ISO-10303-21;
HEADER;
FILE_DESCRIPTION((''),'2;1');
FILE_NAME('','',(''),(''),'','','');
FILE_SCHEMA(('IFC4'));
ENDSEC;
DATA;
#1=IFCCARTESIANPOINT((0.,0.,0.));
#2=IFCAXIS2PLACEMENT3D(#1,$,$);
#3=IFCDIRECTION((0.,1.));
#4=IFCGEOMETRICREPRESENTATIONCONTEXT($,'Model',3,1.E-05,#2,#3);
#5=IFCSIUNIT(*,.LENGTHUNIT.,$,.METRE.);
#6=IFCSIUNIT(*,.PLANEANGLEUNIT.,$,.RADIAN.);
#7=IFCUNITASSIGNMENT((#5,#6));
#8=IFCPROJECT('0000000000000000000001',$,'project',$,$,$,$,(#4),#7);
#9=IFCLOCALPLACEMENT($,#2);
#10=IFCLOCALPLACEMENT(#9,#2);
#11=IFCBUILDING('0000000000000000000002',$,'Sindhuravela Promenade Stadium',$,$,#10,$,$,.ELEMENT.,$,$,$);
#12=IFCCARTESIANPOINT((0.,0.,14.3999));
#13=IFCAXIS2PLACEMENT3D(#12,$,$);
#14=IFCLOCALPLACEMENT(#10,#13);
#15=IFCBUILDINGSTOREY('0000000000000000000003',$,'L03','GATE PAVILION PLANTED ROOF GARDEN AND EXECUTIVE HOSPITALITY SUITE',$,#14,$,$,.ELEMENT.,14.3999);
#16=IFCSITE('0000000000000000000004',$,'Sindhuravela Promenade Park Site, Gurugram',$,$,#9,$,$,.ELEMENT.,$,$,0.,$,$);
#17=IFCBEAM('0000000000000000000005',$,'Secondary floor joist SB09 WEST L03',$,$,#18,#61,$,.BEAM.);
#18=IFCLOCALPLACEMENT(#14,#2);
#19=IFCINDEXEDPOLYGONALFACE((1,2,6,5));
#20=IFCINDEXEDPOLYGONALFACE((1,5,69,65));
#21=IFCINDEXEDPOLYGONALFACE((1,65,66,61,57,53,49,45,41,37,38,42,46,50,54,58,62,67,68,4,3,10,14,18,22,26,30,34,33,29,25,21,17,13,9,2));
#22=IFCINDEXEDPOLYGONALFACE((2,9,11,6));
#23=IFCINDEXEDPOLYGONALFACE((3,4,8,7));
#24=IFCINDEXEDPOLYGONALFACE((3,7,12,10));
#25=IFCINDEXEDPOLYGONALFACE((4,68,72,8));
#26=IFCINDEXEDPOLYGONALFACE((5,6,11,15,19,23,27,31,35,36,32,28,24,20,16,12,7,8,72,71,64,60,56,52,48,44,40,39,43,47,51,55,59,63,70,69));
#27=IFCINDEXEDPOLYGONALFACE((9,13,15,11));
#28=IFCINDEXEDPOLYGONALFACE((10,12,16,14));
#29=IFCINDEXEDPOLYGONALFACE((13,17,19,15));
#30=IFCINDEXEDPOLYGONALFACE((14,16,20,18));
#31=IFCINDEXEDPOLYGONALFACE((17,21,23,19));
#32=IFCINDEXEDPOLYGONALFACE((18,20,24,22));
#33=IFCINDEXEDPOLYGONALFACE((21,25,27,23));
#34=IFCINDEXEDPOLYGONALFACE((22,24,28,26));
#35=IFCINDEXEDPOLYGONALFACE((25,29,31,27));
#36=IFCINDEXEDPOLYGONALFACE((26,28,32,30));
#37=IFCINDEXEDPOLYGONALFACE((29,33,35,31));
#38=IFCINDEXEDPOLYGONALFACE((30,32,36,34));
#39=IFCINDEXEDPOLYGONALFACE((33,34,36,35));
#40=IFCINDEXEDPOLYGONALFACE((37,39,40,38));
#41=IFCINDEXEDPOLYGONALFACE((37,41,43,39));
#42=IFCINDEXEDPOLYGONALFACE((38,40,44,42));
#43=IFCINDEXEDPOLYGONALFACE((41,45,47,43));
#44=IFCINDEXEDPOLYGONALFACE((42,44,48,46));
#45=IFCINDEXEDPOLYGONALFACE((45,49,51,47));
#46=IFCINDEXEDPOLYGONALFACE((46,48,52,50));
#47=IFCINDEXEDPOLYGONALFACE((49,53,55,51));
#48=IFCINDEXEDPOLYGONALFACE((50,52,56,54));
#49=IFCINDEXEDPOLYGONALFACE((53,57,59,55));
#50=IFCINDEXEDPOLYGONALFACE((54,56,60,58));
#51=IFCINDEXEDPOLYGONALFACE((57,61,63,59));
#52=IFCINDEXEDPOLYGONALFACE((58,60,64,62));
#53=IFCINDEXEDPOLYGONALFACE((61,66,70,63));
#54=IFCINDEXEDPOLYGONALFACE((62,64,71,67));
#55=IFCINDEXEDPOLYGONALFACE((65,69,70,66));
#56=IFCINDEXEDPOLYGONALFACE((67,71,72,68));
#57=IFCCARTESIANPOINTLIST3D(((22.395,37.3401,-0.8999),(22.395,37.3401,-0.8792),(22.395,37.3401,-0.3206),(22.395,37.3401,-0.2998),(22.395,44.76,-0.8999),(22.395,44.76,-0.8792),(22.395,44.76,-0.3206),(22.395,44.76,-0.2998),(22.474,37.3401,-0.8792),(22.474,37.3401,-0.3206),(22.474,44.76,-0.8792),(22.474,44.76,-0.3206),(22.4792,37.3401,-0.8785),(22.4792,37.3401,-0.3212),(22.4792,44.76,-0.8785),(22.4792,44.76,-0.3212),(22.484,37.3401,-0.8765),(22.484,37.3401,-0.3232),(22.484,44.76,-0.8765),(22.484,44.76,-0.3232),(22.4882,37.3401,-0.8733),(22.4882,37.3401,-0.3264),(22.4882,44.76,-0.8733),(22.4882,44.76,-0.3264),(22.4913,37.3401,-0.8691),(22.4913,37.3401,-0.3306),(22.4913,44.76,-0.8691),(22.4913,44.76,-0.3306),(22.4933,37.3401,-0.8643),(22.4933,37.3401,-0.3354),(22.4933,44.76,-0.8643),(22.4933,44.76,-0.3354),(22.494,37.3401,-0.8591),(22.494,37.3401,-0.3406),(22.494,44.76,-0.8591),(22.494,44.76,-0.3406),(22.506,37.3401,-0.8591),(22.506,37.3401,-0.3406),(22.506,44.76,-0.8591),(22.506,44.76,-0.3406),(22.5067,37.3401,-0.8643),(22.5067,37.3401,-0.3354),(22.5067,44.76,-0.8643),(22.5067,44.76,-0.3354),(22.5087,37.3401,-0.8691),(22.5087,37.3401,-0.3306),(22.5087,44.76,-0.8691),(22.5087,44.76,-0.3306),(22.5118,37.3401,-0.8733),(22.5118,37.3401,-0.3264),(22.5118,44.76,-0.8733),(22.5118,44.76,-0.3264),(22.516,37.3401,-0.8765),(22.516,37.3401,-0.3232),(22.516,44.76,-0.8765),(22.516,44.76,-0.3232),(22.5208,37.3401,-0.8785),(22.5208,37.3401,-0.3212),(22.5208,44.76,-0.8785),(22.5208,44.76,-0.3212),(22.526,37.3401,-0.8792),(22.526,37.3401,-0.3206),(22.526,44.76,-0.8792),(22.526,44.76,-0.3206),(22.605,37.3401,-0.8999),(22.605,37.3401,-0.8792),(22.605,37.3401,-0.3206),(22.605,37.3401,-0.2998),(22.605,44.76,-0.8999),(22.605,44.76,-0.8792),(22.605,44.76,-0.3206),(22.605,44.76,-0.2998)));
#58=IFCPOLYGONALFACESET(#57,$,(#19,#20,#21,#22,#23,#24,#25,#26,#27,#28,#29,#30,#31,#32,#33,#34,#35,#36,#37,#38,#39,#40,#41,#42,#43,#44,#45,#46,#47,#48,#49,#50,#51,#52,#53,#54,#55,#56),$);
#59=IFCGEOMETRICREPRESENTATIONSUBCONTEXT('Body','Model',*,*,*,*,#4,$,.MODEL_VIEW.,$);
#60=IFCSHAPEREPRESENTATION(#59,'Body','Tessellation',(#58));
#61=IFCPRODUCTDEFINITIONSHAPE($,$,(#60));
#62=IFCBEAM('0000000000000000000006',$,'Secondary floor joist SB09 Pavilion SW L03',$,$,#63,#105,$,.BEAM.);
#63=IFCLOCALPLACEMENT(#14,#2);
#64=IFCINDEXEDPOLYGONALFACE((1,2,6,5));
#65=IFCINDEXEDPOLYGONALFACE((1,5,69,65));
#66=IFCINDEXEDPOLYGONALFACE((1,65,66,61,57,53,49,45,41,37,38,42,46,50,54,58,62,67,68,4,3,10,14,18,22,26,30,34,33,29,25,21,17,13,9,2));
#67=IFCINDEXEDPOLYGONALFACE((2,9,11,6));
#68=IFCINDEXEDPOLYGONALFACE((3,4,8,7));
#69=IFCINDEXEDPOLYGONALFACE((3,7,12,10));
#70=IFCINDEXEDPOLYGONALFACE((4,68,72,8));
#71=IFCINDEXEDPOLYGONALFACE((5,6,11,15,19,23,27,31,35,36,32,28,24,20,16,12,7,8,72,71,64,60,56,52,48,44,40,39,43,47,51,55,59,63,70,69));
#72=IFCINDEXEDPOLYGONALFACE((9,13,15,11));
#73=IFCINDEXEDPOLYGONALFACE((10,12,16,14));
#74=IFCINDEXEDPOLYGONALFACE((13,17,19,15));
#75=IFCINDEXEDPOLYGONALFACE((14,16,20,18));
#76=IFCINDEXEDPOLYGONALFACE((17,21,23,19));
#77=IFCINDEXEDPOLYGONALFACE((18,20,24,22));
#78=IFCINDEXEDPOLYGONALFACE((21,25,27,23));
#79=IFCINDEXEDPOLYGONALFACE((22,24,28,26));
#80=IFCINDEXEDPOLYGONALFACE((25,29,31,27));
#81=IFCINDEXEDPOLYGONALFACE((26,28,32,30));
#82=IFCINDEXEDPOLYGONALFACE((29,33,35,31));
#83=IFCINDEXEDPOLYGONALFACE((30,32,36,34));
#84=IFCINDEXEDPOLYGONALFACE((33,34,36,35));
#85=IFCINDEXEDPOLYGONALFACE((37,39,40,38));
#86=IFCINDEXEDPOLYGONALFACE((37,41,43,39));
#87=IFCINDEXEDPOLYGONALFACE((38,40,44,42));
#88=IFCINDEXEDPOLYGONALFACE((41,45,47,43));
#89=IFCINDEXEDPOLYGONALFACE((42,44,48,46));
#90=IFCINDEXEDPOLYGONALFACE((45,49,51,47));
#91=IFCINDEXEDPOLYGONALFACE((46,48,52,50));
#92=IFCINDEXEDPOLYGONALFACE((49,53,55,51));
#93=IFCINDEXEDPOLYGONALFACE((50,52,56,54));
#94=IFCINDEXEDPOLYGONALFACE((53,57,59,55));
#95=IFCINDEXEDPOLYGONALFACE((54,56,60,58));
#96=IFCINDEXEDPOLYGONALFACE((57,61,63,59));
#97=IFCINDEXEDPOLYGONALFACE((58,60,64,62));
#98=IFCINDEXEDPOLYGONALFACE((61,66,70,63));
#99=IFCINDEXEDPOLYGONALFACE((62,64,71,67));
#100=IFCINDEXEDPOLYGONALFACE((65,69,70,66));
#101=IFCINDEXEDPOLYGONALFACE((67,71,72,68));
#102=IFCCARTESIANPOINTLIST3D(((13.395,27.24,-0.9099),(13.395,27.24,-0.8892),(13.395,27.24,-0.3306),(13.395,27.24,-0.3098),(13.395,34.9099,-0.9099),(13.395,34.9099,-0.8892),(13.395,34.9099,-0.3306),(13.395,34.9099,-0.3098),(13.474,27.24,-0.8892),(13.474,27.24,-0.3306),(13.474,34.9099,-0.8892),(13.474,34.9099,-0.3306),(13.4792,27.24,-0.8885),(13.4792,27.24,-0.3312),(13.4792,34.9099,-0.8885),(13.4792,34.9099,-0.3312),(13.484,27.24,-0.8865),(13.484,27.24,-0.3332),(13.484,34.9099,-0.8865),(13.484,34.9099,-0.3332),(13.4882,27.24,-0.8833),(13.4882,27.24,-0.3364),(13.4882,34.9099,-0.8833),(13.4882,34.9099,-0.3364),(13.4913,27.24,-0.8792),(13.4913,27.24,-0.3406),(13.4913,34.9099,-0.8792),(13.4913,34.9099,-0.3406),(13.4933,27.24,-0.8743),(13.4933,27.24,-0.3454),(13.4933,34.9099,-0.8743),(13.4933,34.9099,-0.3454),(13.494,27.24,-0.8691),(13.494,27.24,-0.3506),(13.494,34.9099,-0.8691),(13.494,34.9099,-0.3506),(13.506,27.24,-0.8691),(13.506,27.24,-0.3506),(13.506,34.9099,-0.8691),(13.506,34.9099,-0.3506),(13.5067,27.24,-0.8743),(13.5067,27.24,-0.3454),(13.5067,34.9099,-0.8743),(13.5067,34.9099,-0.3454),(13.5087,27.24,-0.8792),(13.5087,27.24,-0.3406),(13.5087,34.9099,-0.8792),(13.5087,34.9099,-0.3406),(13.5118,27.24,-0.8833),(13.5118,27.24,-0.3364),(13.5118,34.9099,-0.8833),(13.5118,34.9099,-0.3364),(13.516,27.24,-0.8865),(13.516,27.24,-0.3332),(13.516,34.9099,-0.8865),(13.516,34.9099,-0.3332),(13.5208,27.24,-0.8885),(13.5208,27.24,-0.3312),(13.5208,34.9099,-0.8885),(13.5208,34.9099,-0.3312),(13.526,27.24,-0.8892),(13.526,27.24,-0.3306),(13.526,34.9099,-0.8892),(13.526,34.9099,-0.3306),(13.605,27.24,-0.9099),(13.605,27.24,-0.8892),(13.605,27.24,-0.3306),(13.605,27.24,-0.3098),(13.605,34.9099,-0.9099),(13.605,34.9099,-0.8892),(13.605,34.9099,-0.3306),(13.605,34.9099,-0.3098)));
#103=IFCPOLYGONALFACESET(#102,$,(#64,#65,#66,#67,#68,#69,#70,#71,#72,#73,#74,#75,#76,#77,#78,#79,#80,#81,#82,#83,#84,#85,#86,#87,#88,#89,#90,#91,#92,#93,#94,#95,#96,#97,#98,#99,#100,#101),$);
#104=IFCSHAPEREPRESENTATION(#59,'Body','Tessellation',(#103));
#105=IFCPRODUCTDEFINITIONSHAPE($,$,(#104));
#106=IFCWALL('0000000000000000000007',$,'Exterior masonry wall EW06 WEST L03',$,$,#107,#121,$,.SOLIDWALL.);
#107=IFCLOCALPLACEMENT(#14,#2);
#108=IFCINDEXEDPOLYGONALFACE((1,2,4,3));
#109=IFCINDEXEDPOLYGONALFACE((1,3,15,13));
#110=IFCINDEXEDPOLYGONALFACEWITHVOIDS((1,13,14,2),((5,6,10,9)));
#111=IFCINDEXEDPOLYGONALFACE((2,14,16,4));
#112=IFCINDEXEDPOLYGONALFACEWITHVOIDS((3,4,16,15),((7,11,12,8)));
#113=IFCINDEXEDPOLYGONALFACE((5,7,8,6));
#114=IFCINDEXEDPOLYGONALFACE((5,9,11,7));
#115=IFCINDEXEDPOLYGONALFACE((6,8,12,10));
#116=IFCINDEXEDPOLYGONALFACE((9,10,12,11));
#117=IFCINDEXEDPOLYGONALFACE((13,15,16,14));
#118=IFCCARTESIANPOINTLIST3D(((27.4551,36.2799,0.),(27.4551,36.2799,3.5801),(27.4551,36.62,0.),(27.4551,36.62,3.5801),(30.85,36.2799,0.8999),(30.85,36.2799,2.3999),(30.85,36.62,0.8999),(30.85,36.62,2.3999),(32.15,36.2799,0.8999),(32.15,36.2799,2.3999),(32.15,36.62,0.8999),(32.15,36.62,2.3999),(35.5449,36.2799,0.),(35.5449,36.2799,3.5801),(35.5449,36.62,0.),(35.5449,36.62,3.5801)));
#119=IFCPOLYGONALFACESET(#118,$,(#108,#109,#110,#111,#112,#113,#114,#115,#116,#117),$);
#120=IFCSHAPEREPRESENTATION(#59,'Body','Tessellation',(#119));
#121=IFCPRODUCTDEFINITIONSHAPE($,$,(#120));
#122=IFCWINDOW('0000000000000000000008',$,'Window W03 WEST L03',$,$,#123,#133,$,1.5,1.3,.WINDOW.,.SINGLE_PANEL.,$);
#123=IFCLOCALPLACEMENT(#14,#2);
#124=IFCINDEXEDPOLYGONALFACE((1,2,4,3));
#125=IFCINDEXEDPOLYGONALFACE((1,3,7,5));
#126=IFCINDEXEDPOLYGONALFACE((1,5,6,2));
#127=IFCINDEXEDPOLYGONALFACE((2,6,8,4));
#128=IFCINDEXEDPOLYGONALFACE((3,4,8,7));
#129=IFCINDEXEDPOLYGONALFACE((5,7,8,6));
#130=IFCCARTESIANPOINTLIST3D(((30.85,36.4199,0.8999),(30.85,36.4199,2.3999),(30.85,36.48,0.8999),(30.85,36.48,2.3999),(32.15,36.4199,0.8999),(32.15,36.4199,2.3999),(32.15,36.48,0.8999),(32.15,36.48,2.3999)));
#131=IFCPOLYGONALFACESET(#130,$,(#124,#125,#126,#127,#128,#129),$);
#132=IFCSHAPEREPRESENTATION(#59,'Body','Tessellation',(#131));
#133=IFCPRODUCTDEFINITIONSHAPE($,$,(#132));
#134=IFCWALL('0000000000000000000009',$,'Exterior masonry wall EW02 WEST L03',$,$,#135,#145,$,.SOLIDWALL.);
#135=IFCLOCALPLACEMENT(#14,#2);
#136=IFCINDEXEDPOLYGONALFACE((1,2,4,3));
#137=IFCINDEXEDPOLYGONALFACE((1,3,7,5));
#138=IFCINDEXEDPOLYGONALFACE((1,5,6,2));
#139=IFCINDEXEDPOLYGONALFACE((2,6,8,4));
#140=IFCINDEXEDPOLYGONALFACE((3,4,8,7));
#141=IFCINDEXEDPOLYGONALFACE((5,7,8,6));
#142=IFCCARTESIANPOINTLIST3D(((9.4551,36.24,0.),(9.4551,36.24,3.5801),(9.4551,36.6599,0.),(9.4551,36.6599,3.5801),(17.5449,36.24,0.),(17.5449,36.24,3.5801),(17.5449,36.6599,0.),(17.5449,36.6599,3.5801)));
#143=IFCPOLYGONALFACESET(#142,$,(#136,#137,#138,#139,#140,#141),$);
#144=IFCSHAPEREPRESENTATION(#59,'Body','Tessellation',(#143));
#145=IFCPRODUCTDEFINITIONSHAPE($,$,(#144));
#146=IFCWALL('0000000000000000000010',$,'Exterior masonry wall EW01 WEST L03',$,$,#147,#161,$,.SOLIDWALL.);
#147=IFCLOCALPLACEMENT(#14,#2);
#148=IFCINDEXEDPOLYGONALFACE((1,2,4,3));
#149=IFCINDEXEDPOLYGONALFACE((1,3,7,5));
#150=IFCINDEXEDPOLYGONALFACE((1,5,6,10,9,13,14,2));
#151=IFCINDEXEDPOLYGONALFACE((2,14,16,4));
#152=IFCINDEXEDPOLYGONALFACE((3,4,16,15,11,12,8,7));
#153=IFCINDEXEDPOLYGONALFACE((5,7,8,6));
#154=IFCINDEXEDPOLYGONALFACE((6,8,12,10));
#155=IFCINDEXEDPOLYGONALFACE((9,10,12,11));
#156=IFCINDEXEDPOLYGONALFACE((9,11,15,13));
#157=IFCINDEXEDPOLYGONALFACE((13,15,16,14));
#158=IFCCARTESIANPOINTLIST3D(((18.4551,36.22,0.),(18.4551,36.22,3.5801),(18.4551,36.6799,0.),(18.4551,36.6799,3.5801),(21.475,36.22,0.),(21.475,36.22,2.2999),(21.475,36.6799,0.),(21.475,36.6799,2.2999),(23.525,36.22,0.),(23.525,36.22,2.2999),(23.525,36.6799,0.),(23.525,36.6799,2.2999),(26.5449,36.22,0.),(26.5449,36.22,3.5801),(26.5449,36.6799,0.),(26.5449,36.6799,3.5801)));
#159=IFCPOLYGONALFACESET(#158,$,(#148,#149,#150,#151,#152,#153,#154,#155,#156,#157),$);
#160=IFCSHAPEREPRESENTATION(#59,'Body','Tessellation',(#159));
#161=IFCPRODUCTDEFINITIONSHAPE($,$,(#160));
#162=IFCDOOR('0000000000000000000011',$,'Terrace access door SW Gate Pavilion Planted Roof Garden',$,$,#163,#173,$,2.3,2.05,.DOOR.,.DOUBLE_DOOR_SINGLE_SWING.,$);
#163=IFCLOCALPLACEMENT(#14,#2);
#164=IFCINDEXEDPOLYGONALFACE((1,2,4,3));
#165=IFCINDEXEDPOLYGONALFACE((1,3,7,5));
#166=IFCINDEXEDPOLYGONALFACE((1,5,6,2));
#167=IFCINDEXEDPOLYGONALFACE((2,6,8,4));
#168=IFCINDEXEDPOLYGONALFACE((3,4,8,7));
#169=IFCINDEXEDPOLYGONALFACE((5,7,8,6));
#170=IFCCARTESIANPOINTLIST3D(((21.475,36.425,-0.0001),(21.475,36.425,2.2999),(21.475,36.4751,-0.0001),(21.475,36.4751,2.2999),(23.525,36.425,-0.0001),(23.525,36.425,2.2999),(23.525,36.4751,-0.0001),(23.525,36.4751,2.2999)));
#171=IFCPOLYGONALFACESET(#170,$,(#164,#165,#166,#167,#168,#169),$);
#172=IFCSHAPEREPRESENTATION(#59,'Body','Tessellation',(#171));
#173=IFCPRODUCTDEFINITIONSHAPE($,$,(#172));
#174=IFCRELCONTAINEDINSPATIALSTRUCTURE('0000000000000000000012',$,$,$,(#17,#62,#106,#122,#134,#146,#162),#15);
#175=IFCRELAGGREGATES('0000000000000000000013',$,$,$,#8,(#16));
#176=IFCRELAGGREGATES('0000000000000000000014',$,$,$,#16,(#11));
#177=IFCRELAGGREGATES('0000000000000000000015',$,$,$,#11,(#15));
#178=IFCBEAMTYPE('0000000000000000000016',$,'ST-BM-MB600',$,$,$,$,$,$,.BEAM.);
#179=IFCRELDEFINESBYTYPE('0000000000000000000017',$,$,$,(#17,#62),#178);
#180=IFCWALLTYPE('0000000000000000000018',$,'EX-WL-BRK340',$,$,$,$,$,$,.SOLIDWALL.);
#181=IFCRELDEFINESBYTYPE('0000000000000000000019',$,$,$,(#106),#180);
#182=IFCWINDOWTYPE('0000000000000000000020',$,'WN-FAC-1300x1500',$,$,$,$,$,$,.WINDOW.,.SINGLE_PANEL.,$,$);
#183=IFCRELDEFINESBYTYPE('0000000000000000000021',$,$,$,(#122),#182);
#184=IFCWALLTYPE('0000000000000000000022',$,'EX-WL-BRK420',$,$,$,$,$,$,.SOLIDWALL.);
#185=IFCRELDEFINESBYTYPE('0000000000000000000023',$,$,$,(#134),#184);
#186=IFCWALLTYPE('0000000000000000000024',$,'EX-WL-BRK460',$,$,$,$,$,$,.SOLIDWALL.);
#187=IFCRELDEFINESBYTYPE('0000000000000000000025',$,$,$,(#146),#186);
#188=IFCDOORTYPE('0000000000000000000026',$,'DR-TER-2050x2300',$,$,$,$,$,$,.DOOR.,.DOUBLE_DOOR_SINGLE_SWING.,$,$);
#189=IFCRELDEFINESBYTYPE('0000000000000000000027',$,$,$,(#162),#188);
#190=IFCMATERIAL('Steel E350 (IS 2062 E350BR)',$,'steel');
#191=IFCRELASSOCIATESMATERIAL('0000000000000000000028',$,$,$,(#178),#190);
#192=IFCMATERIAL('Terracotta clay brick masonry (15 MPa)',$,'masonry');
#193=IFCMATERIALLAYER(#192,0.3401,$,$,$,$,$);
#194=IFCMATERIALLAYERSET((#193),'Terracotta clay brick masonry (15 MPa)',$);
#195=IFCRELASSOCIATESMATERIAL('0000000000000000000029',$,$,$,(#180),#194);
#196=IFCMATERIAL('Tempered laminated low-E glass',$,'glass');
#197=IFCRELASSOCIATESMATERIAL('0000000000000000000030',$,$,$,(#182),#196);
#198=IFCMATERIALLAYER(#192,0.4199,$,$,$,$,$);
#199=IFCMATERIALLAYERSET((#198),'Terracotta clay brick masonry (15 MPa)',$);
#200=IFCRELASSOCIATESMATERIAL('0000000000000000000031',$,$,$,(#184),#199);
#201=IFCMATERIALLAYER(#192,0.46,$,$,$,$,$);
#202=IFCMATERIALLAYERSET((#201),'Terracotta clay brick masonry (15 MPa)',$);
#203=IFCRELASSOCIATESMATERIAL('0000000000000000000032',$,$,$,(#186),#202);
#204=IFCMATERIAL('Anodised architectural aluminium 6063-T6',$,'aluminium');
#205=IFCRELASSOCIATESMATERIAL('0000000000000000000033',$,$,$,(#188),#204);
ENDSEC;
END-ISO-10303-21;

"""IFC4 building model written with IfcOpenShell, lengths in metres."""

from ifc_helpers import new_model, si_unit, direction, frame, frame_2d, origin, origin_2d, place, context, subcontext, project, spatial, rectangle, i_section, extrude, material, layer, layer_set, material_profile, profile_set, type_object, element, fill, save


model = new_model("IFC4")

# Units and contexts
model_context = context("Model", 3, precision=1e-05, world=origin(), true_north=direction((0.0, 1.0)))
body_context = subcontext(model_context, "Body", "Model", "MODEL_VIEW")
ifc_project = project(units=[si_unit("LENGTHUNIT", "METRE"), si_unit("PLANEANGLEUNIT", "RADIAN")], contexts=[model_context])

# Site, building, storey
site_placement = place(None, origin())
site = spatial("IfcSite", under=ifc_project, at=site_placement, Name="Sindhuravela Promenade Park Site, Gurugram", CompositionType="ELEMENT", RefElevation=0.0)
building_placement = place(site_placement, origin())
building = spatial("IfcBuilding", under=site, at=building_placement, Name="Sindhuravela Promenade Stadium", CompositionType="ELEMENT")
storey_placement = place(building_placement, frame((0.0, 0.0, 14.3999)))
storey = spatial("IfcBuildingStorey", under=building, at=storey_placement, Name="L03", Description="GATE PAVILION PLANTED ROOF GARDEN AND EXECUTIVE HOSPITALITY SUITE", CompositionType="ELEMENT", Elevation=14.3999)

# Beams
ifc_material_1 = material(Name="Steel E350 (IS 2062 E350BR)", Category="steel")
ifc_material_profile_1 = material_profile(ifc_material_1, i_section(OverallWidth=0.21, OverallDepth=0.6001, WebThickness=0.012, FlangeThickness=0.0208, FilletRadius=0.02, at=origin_2d()), Name="ISMB 600")
ifc_profile_set_1 = profile_set([ifc_material_profile_1], Name="Steel E350 (IS 2062 E350BR)")
beam_type_1 = type_object("IfcBeamType", Name="ST-BM-MB600", PredefinedType="BEAM", material=ifc_profile_set_1)
beam_1_placement = place(storey_placement, frame((22.5, 37.3401, -0.5999), z_axis=(0.0, 1.0, 0.0), x_axis=(-1.0, 0.0, 0.0)))
element("IfcBeam", 1, at=beam_1_placement, inside=storey, type_object=beam_type_1, Name="Secondary floor joist SB09 WEST L03", PredefinedType="BEAM", context=body_context, shape_type="SweptSolid", body=[
    extrude(i_section(OverallWidth=0.21, OverallDepth=0.6001, WebThickness=0.012, FlangeThickness=0.0208, FilletRadius=0.02, at=origin_2d()), origin(), (0.0, 0.0, 1.0), 7.4199),
])
beam_2_placement = place(storey_placement, frame((13.5, 27.24, -0.6099), z_axis=(0.0, 1.0, 0.0), x_axis=(-1.0, 0.0, 0.0)))
element("IfcBeam", 2, at=beam_2_placement, inside=storey, type_object=beam_type_1, Name="Secondary floor joist SB09 Pavilion SW L03", PredefinedType="BEAM", context=body_context, shape_type="SweptSolid", body=[
    extrude(i_section(OverallWidth=0.21, OverallDepth=0.6001, WebThickness=0.012, FlangeThickness=0.0208, FilletRadius=0.02, at=origin_2d()), origin(), (0.0, 0.0, 1.0), 7.6699),
])

# Wall, opening, window
ifc_material_2 = material(Name="Terracotta clay brick masonry (15 MPa)", Category="masonry")
ifc_layer_1 = layer(ifc_material_2, 0.3401)
ifc_layer_set_1 = layer_set([ifc_layer_1], Name="Terracotta clay brick masonry (15 MPa)")
wall_type_1 = type_object("IfcWallType", Name="EX-WL-BRK340", PredefinedType="SOLIDWALL", material=ifc_layer_set_1)
wall_1_placement = place(storey_placement, frame((35.5449, 36.45, 0.0), z_axis=(0.0, 0.0, 1.0), x_axis=(-1.0, 0.0, 0.0)))
wall_1 = element("IfcWall", 3, at=wall_1_placement, inside=storey, type_object=wall_type_1, Name="Exterior masonry wall EW06 WEST L03", PredefinedType="SOLIDWALL", context=body_context, shape_type="SweptSolid", body=[
    extrude(rectangle(XDim=8.0898, YDim=0.3401, at=frame_2d((4.0449, 0.0))), origin(), (0.0, 0.0, 1.0), 3.5801),
])
opening_1_placement = place(wall_1_placement, frame((3.395, 0.0, 0.8999)))
opening_1 = element("IfcOpeningElement", 4, at=opening_1_placement, cuts=wall_1, PredefinedType="OPENING", context=body_context, shape_type="SweptSolid", body=[
    extrude(rectangle(XDim=1.3, YDim=1.5, at=frame_2d((0.6499, 0.75))), frame((0.0, 0.1799, 0.0), z_axis=(0.0, -1.0, 0.0), x_axis=(1.0, 0.0, 0.0)), (0.0, 0.0, 1.0), 0.3601),
])
ifc_material_3 = material(Name="Tempered laminated low-E glass", Category="glass")
window_type = type_object("IfcWindowType", Name="WN-FAC-1300x1500", PartitioningType="SINGLE_PANEL", PredefinedType="WINDOW", material=ifc_material_3)
window_placement = place(opening_1_placement, origin())
window = element("IfcWindow", 5, at=window_placement, inside=storey, type_object=window_type, Name="Window W03 WEST L03", OverallHeight=1.5, OverallWidth=1.3, PartitioningType="SINGLE_PANEL", PredefinedType="WINDOW", context=body_context, shape_type="SweptSolid", body=[
    extrude(rectangle(XDim=1.3, YDim=1.5, at=frame_2d((0.6499, 0.75))), frame((0.0, 0.03, 0.0), z_axis=(0.0, -1.0, 0.0), x_axis=(1.0, 0.0, 0.0)), (0.0, 0.0, 1.0), 0.0601),
])
fill(opening_1, window)

# Wall
ifc_layer_2 = layer(ifc_material_2, 0.4199)
ifc_layer_set_2 = layer_set([ifc_layer_2], Name="Terracotta clay brick masonry (15 MPa)")
wall_type_2 = type_object("IfcWallType", Name="EX-WL-BRK420", PredefinedType="SOLIDWALL", material=ifc_layer_set_2)
wall_2_placement = place(storey_placement, frame((17.5449, 36.45, 0.0), z_axis=(0.0, 0.0, 1.0), x_axis=(-1.0, 0.0, 0.0)))
element("IfcWall", 6, at=wall_2_placement, inside=storey, type_object=wall_type_2, Name="Exterior masonry wall EW02 WEST L03", PredefinedType="SOLIDWALL", context=body_context, shape_type="SweptSolid", body=[
    extrude(rectangle(XDim=8.0898, YDim=0.4199, at=frame_2d((4.0449, 0.0))), origin(), (0.0, 0.0, 1.0), 3.5801),
])

# Wall, opening, door
ifc_layer_3 = layer(ifc_material_2, 0.46)
ifc_layer_set_3 = layer_set([ifc_layer_3], Name="Terracotta clay brick masonry (15 MPa)")
wall_type_3 = type_object("IfcWallType", Name="EX-WL-BRK460", PredefinedType="SOLIDWALL", material=ifc_layer_set_3)
wall_3_placement = place(storey_placement, frame((26.5449, 36.45, 0.0), z_axis=(0.0, 0.0, 1.0), x_axis=(-1.0, 0.0, 0.0)))
wall_3 = element("IfcWall", 7, at=wall_3_placement, inside=storey, type_object=wall_type_3, Name="Exterior masonry wall EW01 WEST L03", PredefinedType="SOLIDWALL", context=body_context, shape_type="SweptSolid", body=[
    extrude(rectangle(XDim=8.0898, YDim=0.46, at=frame_2d((4.0449, 0.0))), origin(), (0.0, 0.0, 1.0), 3.5801),
])
opening_2_placement = place(wall_3_placement, frame((3.02, 0.0, 0.0)))
opening_2 = element("IfcOpeningElement", 8, at=opening_2_placement, cuts=wall_3, PredefinedType="OPENING", context=body_context, shape_type="SweptSolid", body=[
    extrude(rectangle(XDim=2.05, YDim=2.3, at=frame_2d((1.0249, 1.1499))), frame((0.0, 0.24, 0.0), z_axis=(0.0, -1.0, 0.0), x_axis=(1.0, 0.0, 0.0)), (0.0, 0.0, 1.0), 0.48),
])
ifc_material_4 = material(Name="Anodised architectural aluminium 6063-T6", Category="aluminium")
door_type_1 = type_object("IfcDoorType", Name="DR-TER-2050x2300", OperationType="DOUBLE_DOOR_SINGLE_SWING", PredefinedType="DOOR", material=ifc_material_4)
door_1_placement = place(opening_2_placement, origin())
door_1 = element("IfcDoor", 9, at=door_1_placement, inside=storey, type_object=door_type_1, Name="Terrace access door SW Gate Pavilion Planted Roof Garden", OperationType="DOUBLE_DOOR_SINGLE_SWING", OverallHeight=2.3, OverallWidth=2.05, PredefinedType="DOOR", context=body_context, shape_type="SweptSolid", body=[
    extrude(rectangle(XDim=2.05, YDim=2.3, at=frame_2d((1.0249, 1.1499))), frame((0.0, 0.0249, 0.0), z_axis=(0.0, -1.0, 0.0), x_axis=(1.0, 0.0, 0.0)), (0.0, 0.0, 1.0), 0.05),
])
fill(opening_2, door_1)

save(model, "model.ifc")
